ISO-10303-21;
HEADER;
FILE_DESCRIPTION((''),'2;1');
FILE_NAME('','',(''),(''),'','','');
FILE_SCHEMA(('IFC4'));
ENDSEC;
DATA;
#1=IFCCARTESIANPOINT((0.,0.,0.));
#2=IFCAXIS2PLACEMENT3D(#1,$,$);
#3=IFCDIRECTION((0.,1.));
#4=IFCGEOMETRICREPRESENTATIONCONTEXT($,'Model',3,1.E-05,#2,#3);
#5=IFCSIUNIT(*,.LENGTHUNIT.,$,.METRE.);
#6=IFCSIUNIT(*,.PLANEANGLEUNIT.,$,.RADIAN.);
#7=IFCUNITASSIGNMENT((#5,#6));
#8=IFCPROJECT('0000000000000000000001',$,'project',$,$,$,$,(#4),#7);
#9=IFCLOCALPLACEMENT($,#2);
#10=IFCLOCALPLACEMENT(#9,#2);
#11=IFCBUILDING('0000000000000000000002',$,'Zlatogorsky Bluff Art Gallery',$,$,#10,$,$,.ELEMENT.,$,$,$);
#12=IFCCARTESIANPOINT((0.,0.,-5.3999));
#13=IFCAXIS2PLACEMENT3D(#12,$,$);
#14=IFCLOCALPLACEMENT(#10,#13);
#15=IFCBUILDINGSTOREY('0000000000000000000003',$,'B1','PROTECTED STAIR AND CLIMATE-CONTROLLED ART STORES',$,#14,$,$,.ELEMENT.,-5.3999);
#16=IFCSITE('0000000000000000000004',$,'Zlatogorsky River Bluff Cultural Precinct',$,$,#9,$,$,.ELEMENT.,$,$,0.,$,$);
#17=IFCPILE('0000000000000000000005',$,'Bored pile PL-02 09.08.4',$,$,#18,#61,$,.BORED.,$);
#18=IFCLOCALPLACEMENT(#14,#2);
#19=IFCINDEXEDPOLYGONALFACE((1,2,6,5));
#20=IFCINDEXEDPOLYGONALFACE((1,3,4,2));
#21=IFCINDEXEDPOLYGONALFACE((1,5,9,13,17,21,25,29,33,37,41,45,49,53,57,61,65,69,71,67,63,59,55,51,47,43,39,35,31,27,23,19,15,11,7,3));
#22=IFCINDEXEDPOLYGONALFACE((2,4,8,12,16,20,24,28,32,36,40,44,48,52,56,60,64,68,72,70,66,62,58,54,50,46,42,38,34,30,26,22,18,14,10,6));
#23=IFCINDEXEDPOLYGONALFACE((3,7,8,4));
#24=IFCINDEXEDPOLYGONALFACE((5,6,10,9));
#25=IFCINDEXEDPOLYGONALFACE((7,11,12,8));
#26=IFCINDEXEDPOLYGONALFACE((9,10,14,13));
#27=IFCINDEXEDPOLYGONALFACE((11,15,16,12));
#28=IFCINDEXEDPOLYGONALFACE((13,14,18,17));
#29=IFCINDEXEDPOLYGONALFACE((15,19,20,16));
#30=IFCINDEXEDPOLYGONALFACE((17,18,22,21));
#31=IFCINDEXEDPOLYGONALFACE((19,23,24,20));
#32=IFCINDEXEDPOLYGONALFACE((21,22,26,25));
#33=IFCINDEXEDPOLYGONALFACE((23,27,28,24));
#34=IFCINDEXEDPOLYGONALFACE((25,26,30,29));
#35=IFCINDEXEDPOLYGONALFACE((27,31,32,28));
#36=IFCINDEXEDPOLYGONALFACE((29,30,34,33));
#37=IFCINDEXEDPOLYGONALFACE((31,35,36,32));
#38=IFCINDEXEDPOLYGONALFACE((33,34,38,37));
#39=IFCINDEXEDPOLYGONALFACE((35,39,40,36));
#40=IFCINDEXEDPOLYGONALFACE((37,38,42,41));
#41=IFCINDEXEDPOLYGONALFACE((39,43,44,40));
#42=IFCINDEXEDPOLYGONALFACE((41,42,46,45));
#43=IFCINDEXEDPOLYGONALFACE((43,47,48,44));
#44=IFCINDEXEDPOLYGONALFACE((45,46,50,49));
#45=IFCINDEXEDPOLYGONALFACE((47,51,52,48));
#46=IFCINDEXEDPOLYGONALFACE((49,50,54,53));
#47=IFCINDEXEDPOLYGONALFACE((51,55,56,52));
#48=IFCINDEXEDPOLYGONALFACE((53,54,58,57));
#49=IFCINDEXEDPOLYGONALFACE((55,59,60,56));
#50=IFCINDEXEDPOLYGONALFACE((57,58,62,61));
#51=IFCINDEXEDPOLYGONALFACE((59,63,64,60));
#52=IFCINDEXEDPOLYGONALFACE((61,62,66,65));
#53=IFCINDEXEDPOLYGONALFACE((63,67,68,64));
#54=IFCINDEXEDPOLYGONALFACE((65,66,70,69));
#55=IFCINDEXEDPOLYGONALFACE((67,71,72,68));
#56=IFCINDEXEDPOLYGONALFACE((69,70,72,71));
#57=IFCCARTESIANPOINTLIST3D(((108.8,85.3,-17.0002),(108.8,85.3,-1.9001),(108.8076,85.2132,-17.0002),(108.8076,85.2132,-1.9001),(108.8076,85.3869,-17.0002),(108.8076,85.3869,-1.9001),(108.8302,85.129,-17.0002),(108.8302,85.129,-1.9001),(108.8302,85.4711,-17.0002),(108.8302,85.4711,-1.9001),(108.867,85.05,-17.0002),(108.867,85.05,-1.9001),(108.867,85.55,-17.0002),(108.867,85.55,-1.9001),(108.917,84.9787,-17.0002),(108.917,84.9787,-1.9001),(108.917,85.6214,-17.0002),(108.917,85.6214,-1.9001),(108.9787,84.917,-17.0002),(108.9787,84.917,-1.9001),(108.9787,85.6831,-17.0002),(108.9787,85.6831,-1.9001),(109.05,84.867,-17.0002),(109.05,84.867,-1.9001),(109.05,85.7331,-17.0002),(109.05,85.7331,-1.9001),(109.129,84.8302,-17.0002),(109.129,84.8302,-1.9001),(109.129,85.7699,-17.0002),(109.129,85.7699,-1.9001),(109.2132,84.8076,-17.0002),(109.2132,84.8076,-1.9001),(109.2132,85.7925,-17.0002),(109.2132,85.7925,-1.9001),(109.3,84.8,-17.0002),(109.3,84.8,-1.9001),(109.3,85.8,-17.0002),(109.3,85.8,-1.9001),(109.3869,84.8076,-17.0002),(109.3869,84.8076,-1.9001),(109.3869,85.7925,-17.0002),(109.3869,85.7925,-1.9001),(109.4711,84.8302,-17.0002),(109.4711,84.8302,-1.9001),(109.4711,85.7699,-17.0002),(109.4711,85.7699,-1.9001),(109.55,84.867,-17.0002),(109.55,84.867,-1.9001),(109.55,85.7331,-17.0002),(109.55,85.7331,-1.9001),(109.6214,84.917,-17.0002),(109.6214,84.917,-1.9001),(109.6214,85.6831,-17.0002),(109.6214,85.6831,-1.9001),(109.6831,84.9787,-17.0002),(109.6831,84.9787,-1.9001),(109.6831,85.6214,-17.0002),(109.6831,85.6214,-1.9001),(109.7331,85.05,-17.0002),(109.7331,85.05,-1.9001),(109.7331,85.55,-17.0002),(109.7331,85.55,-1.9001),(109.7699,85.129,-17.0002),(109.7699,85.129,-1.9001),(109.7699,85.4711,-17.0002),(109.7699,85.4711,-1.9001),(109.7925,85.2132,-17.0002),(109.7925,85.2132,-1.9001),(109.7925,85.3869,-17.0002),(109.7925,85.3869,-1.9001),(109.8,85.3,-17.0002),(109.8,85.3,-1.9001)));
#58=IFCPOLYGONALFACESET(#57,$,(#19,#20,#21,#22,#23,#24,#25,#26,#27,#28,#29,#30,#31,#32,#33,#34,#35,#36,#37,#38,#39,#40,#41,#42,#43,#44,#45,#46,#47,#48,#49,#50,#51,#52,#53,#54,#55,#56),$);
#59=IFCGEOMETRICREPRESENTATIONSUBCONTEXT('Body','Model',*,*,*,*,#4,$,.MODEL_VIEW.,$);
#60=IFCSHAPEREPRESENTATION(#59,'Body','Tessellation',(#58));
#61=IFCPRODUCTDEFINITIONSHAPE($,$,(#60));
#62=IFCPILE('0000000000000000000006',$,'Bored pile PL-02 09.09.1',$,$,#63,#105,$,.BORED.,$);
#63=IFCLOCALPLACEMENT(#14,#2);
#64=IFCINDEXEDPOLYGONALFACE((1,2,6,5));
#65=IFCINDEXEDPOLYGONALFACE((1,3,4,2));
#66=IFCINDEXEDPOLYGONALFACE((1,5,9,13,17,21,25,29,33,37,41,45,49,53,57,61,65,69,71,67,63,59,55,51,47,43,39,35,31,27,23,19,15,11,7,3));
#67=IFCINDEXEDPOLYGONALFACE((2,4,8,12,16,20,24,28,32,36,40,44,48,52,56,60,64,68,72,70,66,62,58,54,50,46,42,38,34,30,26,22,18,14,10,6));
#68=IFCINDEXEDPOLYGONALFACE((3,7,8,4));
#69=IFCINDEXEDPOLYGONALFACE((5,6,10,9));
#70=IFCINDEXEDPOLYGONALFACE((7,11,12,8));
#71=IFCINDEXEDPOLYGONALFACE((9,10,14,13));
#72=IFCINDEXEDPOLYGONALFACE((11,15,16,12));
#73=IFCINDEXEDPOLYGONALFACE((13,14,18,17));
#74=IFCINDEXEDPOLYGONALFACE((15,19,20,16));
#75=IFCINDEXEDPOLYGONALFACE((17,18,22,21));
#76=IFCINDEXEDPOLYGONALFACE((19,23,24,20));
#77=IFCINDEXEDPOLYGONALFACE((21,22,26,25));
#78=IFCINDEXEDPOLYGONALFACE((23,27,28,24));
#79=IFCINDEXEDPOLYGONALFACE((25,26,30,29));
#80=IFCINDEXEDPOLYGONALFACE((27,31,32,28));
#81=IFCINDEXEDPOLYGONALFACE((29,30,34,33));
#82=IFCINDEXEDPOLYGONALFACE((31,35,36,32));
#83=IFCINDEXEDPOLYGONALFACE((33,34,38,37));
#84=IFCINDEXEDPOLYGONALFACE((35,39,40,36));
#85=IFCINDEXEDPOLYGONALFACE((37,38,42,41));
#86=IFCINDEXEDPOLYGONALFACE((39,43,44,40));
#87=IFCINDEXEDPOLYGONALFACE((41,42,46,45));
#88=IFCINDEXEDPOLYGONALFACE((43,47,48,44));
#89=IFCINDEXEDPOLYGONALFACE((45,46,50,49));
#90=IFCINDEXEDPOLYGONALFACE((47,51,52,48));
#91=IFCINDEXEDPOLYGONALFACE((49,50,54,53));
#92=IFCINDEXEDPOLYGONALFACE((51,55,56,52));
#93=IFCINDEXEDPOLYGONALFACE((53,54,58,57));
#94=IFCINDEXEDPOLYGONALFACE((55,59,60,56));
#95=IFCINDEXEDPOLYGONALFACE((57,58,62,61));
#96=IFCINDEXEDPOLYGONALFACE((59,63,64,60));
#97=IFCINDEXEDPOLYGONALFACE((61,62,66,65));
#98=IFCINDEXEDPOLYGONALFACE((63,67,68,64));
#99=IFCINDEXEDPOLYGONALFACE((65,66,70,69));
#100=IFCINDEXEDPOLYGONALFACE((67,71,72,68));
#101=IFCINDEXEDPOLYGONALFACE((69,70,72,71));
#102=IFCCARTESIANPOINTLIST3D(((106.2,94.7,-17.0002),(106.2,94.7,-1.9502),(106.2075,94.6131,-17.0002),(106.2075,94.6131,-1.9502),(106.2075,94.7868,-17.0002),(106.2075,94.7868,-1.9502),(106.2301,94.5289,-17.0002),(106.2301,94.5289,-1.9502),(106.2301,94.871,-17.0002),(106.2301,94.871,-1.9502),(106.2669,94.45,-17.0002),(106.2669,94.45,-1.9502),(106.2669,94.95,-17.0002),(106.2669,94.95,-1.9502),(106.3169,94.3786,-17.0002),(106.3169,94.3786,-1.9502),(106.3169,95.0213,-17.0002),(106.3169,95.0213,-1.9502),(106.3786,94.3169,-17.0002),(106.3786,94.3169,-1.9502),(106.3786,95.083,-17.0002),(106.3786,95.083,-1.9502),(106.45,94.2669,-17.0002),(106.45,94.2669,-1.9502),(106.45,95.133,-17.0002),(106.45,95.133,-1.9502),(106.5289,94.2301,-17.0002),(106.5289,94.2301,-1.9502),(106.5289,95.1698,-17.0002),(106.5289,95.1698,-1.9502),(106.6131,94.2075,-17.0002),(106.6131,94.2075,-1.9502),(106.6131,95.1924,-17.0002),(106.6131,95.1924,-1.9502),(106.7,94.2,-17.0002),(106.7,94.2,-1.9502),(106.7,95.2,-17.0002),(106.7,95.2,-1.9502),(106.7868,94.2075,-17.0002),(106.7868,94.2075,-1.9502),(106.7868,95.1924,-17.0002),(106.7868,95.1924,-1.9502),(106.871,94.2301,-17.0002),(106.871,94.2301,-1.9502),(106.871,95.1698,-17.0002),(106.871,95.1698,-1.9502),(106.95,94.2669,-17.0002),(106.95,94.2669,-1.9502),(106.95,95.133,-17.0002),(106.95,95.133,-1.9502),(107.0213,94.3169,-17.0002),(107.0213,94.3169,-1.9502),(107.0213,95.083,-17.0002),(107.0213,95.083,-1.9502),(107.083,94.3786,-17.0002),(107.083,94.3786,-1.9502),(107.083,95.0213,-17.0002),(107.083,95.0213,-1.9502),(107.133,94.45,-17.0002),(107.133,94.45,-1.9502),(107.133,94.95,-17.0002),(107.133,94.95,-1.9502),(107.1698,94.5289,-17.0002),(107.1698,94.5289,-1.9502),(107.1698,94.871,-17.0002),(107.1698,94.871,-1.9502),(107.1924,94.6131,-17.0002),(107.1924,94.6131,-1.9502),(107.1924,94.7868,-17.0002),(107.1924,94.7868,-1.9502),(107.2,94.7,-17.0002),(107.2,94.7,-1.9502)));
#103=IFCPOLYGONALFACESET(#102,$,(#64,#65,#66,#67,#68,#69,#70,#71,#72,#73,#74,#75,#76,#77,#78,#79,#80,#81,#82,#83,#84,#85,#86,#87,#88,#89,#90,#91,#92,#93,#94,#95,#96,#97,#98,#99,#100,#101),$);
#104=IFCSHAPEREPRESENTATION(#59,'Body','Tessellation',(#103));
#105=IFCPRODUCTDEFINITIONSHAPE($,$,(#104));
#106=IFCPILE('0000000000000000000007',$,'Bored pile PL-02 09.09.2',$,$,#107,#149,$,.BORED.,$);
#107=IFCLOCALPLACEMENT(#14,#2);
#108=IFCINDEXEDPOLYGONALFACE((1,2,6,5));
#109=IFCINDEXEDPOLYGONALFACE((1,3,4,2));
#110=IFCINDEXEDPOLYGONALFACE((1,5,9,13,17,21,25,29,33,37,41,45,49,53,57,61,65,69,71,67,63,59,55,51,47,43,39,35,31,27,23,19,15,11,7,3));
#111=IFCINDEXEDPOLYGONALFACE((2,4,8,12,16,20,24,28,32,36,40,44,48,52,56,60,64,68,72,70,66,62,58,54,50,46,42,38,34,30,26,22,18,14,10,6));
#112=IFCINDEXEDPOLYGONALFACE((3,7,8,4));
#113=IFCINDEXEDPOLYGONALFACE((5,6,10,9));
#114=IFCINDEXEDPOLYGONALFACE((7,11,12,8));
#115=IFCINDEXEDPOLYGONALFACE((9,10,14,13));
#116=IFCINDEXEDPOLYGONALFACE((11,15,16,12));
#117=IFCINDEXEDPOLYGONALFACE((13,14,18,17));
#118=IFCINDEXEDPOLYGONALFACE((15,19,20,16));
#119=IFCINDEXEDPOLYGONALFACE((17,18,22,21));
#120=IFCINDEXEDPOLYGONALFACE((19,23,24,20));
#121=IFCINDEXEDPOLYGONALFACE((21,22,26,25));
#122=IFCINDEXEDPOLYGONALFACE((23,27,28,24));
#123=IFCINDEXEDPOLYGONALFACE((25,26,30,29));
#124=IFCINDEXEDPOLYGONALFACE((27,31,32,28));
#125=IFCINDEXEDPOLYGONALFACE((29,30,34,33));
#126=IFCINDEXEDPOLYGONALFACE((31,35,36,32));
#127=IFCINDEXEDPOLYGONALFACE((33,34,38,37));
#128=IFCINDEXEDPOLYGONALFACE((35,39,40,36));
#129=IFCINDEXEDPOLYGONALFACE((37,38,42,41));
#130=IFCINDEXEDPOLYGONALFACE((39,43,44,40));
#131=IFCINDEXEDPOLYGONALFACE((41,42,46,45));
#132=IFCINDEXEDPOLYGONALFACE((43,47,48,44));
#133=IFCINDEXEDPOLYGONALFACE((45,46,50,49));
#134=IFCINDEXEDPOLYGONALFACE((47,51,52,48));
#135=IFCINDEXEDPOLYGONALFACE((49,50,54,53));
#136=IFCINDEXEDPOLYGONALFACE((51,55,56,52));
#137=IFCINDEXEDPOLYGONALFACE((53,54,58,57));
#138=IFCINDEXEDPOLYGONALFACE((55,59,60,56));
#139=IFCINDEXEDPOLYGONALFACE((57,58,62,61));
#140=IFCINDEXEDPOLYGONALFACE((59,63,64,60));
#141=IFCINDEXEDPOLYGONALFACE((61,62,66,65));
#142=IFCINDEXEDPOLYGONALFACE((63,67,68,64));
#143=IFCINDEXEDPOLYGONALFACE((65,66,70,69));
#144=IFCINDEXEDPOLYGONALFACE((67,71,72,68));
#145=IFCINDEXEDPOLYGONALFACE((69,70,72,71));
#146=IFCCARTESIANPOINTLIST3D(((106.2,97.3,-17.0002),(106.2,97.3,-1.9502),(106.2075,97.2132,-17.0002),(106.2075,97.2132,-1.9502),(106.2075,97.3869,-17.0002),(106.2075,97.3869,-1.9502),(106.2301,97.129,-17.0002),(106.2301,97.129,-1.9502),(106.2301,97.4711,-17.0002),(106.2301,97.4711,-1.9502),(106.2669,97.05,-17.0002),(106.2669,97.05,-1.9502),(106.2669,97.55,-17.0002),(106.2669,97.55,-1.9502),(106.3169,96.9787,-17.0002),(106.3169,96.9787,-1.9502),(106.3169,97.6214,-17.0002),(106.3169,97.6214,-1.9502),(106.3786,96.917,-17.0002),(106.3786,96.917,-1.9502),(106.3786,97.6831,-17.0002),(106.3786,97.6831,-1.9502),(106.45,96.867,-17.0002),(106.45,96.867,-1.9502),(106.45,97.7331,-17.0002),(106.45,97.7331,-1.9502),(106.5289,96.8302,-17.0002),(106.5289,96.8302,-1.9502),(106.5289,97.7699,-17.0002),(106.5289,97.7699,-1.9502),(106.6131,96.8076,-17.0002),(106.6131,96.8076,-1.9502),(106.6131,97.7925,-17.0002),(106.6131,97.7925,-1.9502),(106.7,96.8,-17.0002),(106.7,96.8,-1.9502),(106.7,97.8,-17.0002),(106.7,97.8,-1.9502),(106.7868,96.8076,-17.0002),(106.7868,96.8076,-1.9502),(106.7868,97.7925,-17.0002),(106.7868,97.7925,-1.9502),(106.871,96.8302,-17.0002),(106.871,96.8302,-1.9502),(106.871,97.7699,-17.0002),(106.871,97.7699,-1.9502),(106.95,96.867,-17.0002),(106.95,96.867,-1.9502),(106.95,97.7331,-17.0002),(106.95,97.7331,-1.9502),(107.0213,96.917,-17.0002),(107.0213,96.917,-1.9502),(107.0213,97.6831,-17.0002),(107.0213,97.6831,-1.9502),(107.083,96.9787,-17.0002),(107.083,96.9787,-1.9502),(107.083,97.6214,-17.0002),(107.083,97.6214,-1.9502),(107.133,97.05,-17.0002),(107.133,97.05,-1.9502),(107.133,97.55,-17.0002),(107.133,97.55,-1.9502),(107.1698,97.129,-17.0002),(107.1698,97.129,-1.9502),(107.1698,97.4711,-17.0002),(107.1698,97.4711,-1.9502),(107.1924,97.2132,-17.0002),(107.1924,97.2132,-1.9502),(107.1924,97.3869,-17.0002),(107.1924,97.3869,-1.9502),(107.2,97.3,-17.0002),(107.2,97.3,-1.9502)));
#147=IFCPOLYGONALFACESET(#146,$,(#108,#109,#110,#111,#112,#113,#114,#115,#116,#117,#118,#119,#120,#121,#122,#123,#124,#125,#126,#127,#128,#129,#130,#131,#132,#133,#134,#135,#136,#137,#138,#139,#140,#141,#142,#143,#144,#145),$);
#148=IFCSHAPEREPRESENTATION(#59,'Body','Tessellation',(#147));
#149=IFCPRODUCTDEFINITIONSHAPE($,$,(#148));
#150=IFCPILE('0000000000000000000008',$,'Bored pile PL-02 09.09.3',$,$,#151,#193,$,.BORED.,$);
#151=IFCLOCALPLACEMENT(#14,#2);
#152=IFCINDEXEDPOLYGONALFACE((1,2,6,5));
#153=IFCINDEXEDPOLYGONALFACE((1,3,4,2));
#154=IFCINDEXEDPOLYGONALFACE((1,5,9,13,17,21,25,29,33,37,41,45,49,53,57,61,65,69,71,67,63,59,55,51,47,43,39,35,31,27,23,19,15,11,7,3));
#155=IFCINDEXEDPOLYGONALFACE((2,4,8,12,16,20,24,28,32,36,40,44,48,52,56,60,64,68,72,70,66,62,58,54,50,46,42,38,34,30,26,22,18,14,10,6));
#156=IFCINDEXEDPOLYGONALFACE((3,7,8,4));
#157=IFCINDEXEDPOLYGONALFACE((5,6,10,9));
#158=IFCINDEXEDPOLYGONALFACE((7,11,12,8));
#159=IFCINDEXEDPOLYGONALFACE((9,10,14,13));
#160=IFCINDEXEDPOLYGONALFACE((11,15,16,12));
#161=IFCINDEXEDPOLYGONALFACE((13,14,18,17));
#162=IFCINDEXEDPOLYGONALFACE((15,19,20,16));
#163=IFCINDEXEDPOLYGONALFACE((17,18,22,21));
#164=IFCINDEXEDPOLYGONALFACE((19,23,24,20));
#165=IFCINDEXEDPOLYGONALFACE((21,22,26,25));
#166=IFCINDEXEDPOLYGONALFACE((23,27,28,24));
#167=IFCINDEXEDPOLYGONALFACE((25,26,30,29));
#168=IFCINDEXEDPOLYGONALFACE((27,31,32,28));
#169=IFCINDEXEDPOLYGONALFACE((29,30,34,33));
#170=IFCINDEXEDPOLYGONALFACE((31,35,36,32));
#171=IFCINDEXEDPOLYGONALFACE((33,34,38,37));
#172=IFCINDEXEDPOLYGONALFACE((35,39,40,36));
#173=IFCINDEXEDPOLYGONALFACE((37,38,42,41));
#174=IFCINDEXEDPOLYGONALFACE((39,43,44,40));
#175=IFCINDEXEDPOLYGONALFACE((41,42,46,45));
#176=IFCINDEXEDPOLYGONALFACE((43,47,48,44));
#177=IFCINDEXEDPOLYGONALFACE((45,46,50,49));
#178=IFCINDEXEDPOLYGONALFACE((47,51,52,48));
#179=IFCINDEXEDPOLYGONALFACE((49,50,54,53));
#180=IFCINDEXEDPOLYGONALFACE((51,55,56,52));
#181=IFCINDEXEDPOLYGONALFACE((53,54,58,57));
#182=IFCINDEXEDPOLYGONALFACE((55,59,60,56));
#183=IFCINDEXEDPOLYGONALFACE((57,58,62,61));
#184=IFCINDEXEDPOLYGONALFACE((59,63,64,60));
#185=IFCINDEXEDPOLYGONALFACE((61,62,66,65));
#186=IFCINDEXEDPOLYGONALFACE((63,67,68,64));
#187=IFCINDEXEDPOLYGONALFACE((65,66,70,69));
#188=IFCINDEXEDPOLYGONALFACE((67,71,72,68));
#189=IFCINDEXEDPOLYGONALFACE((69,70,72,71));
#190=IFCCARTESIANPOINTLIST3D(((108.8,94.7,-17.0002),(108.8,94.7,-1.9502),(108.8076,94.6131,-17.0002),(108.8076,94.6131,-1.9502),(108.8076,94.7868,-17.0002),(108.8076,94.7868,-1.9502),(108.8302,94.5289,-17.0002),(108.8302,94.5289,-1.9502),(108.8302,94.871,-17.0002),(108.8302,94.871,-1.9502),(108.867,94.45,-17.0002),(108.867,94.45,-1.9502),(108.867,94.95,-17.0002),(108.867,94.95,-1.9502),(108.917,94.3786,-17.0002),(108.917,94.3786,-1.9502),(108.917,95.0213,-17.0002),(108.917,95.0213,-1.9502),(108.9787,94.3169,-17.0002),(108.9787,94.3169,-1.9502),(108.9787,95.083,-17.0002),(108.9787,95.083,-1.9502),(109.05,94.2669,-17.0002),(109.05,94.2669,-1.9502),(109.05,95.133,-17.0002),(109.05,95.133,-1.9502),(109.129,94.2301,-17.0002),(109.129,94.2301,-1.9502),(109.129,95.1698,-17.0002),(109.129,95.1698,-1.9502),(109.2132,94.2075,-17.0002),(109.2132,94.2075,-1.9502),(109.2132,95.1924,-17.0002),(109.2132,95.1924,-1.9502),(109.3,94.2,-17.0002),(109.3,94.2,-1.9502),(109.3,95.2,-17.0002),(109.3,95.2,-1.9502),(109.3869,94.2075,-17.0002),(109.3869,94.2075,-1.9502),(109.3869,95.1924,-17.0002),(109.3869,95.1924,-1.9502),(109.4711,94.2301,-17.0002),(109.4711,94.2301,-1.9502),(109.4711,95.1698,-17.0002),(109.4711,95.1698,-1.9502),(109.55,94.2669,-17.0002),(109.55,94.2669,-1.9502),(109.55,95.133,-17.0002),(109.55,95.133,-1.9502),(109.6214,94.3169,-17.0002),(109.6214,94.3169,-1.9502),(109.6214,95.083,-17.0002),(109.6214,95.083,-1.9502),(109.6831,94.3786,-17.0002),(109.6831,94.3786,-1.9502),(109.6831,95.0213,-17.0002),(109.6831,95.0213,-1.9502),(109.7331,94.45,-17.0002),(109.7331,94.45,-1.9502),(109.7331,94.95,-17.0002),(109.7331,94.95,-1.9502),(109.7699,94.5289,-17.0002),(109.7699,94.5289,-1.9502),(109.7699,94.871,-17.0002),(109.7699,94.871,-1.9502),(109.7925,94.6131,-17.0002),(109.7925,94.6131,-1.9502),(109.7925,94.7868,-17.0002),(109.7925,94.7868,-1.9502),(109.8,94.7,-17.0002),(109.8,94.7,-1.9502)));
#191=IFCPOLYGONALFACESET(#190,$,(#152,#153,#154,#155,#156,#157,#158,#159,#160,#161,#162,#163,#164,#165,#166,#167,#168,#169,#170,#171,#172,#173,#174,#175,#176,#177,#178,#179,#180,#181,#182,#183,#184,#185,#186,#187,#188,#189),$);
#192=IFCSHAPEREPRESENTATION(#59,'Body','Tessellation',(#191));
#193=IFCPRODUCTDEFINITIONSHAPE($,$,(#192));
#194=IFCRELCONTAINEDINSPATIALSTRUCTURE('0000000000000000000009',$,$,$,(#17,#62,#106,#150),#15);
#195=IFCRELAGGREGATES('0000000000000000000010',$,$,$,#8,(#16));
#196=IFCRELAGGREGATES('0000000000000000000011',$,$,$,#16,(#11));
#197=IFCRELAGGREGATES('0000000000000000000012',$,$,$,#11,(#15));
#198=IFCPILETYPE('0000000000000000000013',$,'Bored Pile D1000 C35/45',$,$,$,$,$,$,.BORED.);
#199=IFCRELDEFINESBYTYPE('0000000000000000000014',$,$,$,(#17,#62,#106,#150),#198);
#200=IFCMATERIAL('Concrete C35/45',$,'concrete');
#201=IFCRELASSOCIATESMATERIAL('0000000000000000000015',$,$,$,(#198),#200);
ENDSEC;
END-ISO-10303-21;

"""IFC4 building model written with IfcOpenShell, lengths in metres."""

from ifc_helpers import new_model, si_unit, direction, frame, origin, origin_2d, place, context, subcontext, project, spatial, circle, extrude, material, material_profile, profile_set, type_object, element, save


model = new_model("IFC4")

# Units and contexts
model_context = context("Model", 3, precision=1e-05, world=origin(), true_north=direction((0.0, 1.0)))
body_context = subcontext(model_context, "Body", "Model", "MODEL_VIEW")
ifc_project = project(units=[si_unit("LENGTHUNIT", "METRE"), si_unit("PLANEANGLEUNIT", "RADIAN")], contexts=[model_context])

# Site, building, storey
site_placement = place(None, origin())
site = spatial("IfcSite", under=ifc_project, at=site_placement, Name="Zlatogorsky River Bluff Cultural Precinct", CompositionType="ELEMENT", RefElevation=0.0)
building_placement = place(site_placement, origin())
building = spatial("IfcBuilding", under=site, at=building_placement, Name="Zlatogorsky Bluff Art Gallery", CompositionType="ELEMENT")
storey_placement = place(building_placement, frame((0.0, 0.0, -5.3999)))
storey = spatial("IfcBuildingStorey", under=building, at=storey_placement, Name="B1", Description="PROTECTED STAIR AND CLIMATE-CONTROLLED ART STORES", CompositionType="ELEMENT", Elevation=-5.3999)

# Piles
ifc_material_1 = material(Name="Concrete C35/45", Category="concrete")
ifc_material_profile_1 = material_profile(ifc_material_1, circle(Radius=0.5, at=origin_2d()), Name="BORED PILE D1000")
ifc_profile_set_1 = profile_set([ifc_material_profile_1], Name="Concrete C35/45")
pile_type = type_object("IfcPileType", Name="Bored Pile D1000 C35/45", PredefinedType="BORED", material=ifc_profile_set_1)
for number, where, z_axis, x_axis, name in (
    (1, (109.3, 85.3, -1.9001), (0.0, 0.0, -1.0), (1.0, 0.0, 0.0), "Bored pile PL-02 09.08.4"),
):
    element("IfcPile", number, at=place(storey_placement, frame(where, z_axis=z_axis, x_axis=x_axis)), inside=storey, type_object=pile_type, Name=name, PredefinedType="BORED", context=body_context, shape_type="SweptSolid", body=[
        extrude(circle(Radius=0.5, at=origin_2d()), origin(), (0.0, 0.0, 1.0), 15.1001),
    ])
for number, where, z_axis, x_axis, name in (
    (2, (106.7, 94.7, -1.9502), (0.0, 0.0, -1.0), (1.0, 0.0, 0.0), "Bored pile PL-02 09.09.1"),
    (3, (106.7, 97.3, -1.9502), (0.0, 0.0, -1.0), (1.0, 0.0, 0.0), "Bored pile PL-02 09.09.2"),
    (4, (109.3, 94.7, -1.9502), (0.0, 0.0, -1.0), (1.0, 0.0, 0.0), "Bored pile PL-02 09.09.3"),
):
    element("IfcPile", number, at=place(storey_placement, frame(where, z_axis=z_axis, x_axis=x_axis)), inside=storey, type_object=pile_type, Name=name, PredefinedType="BORED", context=body_context, shape_type="SweptSolid", body=[
        extrude(circle(Radius=0.5, at=origin_2d()), origin(), (0.0, 0.0, 1.0), 15.05),
    ])

save(model, "model.ifc")
